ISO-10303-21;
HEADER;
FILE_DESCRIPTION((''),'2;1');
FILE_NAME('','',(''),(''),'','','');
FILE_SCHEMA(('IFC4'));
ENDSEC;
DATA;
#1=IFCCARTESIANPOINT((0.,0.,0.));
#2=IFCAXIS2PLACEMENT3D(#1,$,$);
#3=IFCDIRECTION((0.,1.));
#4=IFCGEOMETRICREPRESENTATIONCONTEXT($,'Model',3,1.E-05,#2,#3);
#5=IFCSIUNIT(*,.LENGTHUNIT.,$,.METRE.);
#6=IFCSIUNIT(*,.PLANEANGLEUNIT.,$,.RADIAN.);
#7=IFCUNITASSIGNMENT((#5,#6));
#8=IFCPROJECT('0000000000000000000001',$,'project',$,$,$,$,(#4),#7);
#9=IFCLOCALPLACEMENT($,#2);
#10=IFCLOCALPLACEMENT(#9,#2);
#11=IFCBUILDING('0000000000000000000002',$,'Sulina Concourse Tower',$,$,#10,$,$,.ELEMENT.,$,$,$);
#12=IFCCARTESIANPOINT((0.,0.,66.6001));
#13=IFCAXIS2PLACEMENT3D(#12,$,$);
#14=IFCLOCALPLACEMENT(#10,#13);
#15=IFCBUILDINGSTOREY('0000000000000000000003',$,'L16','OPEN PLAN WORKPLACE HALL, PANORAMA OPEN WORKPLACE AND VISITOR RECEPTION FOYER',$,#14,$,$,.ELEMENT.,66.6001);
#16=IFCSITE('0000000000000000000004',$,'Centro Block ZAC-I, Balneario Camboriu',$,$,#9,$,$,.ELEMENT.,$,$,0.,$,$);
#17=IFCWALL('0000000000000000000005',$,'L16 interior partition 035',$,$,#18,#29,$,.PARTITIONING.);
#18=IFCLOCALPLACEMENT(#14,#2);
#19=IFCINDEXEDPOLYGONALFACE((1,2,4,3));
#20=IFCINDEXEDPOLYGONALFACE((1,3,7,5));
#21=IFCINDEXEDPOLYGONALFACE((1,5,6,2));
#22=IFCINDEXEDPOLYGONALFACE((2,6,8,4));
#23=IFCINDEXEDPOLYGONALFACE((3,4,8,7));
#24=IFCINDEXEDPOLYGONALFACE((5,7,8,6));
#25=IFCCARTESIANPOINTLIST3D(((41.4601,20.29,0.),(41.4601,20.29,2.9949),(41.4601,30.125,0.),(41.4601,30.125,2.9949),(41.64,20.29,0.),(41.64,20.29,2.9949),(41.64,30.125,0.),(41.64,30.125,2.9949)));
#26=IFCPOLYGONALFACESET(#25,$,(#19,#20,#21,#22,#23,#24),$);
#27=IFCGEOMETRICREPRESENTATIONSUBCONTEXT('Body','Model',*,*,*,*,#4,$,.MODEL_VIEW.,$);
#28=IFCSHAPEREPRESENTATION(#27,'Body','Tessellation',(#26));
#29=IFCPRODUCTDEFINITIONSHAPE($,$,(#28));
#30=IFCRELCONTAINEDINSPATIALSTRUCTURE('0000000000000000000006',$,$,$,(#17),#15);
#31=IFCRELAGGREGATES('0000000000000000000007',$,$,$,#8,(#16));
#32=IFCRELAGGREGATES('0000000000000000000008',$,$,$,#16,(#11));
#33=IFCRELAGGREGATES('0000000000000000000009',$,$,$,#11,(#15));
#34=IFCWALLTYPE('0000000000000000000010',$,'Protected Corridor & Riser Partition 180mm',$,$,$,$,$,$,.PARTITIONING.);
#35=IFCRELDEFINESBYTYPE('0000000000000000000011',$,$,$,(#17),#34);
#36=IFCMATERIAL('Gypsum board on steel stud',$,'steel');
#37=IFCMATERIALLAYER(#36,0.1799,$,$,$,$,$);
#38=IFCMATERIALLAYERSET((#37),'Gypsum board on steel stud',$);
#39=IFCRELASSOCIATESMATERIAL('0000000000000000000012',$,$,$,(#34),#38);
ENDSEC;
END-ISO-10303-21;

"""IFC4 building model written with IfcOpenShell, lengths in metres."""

from ifc_helpers import new_model, si_unit, direction, frame, frame_2d, origin, place, context, subcontext, project, spatial, rectangle, extrude, material, layer, layer_set, type_object, element, save


model = new_model("IFC4")

# Units and contexts
model_context = context("Model", 3, precision=1e-05, world=origin(), true_north=direction((0.0, 1.0)))
body_context = subcontext(model_context, "Body", "Model", "MODEL_VIEW")
ifc_project = project(units=[si_unit("LENGTHUNIT", "METRE"), si_unit("PLANEANGLEUNIT", "RADIAN")], contexts=[model_context])

# Site, building, storey
site_placement = place(None, origin())
site = spatial("IfcSite", under=ifc_project, at=site_placement, Name="Centro Block ZAC-I, Balneario Camboriu", CompositionType="ELEMENT", RefElevation=0.0)
building_placement = place(site_placement, origin())
building = spatial("IfcBuilding", under=site, at=building_placement, Name="Sulina Concourse Tower", CompositionType="ELEMENT")
storey_placement = place(building_placement, frame((0.0, 0.0, 66.6001)))
storey = spatial("IfcBuildingStorey", under=building, at=storey_placement, Name="L16", Description="OPEN PLAN WORKPLACE HALL, PANORAMA OPEN WORKPLACE AND VISITOR RECEPTION FOYER", CompositionType="ELEMENT", Elevation=66.6001)

# Shared definitions
ifc_material_1 = material(Name="Gypsum board on steel stud", Category="steel")
ifc_layer_1 = layer(ifc_material_1, 0.1799)
ifc_layer_set_1 = layer_set([ifc_layer_1], Name="Gypsum board on steel stud")
wall_type = type_object("IfcWallType", Name="Protected Corridor & Riser Partition 180mm", PredefinedType="PARTITIONING", material=ifc_layer_set_1)

# Wall
wall_1_placement = place(storey_placement, frame((41.55, 20.29, 0.0), z_axis=(0.0, 0.0, 1.0), x_axis=(0.0, 1.0, 0.0)))
element("IfcWall", 1, at=wall_1_placement, inside=storey, type_object=wall_type, Name="L16 interior partition 035", PredefinedType="PARTITIONING", context=body_context, shape_type="SweptSolid", body=[
    extrude(rectangle(XDim=9.835, YDim=0.1799, at=frame_2d((4.9175, 0.0))), origin(), (0.0, 0.0, 1.0), 2.9949),
])

save(model, "model.ifc")
